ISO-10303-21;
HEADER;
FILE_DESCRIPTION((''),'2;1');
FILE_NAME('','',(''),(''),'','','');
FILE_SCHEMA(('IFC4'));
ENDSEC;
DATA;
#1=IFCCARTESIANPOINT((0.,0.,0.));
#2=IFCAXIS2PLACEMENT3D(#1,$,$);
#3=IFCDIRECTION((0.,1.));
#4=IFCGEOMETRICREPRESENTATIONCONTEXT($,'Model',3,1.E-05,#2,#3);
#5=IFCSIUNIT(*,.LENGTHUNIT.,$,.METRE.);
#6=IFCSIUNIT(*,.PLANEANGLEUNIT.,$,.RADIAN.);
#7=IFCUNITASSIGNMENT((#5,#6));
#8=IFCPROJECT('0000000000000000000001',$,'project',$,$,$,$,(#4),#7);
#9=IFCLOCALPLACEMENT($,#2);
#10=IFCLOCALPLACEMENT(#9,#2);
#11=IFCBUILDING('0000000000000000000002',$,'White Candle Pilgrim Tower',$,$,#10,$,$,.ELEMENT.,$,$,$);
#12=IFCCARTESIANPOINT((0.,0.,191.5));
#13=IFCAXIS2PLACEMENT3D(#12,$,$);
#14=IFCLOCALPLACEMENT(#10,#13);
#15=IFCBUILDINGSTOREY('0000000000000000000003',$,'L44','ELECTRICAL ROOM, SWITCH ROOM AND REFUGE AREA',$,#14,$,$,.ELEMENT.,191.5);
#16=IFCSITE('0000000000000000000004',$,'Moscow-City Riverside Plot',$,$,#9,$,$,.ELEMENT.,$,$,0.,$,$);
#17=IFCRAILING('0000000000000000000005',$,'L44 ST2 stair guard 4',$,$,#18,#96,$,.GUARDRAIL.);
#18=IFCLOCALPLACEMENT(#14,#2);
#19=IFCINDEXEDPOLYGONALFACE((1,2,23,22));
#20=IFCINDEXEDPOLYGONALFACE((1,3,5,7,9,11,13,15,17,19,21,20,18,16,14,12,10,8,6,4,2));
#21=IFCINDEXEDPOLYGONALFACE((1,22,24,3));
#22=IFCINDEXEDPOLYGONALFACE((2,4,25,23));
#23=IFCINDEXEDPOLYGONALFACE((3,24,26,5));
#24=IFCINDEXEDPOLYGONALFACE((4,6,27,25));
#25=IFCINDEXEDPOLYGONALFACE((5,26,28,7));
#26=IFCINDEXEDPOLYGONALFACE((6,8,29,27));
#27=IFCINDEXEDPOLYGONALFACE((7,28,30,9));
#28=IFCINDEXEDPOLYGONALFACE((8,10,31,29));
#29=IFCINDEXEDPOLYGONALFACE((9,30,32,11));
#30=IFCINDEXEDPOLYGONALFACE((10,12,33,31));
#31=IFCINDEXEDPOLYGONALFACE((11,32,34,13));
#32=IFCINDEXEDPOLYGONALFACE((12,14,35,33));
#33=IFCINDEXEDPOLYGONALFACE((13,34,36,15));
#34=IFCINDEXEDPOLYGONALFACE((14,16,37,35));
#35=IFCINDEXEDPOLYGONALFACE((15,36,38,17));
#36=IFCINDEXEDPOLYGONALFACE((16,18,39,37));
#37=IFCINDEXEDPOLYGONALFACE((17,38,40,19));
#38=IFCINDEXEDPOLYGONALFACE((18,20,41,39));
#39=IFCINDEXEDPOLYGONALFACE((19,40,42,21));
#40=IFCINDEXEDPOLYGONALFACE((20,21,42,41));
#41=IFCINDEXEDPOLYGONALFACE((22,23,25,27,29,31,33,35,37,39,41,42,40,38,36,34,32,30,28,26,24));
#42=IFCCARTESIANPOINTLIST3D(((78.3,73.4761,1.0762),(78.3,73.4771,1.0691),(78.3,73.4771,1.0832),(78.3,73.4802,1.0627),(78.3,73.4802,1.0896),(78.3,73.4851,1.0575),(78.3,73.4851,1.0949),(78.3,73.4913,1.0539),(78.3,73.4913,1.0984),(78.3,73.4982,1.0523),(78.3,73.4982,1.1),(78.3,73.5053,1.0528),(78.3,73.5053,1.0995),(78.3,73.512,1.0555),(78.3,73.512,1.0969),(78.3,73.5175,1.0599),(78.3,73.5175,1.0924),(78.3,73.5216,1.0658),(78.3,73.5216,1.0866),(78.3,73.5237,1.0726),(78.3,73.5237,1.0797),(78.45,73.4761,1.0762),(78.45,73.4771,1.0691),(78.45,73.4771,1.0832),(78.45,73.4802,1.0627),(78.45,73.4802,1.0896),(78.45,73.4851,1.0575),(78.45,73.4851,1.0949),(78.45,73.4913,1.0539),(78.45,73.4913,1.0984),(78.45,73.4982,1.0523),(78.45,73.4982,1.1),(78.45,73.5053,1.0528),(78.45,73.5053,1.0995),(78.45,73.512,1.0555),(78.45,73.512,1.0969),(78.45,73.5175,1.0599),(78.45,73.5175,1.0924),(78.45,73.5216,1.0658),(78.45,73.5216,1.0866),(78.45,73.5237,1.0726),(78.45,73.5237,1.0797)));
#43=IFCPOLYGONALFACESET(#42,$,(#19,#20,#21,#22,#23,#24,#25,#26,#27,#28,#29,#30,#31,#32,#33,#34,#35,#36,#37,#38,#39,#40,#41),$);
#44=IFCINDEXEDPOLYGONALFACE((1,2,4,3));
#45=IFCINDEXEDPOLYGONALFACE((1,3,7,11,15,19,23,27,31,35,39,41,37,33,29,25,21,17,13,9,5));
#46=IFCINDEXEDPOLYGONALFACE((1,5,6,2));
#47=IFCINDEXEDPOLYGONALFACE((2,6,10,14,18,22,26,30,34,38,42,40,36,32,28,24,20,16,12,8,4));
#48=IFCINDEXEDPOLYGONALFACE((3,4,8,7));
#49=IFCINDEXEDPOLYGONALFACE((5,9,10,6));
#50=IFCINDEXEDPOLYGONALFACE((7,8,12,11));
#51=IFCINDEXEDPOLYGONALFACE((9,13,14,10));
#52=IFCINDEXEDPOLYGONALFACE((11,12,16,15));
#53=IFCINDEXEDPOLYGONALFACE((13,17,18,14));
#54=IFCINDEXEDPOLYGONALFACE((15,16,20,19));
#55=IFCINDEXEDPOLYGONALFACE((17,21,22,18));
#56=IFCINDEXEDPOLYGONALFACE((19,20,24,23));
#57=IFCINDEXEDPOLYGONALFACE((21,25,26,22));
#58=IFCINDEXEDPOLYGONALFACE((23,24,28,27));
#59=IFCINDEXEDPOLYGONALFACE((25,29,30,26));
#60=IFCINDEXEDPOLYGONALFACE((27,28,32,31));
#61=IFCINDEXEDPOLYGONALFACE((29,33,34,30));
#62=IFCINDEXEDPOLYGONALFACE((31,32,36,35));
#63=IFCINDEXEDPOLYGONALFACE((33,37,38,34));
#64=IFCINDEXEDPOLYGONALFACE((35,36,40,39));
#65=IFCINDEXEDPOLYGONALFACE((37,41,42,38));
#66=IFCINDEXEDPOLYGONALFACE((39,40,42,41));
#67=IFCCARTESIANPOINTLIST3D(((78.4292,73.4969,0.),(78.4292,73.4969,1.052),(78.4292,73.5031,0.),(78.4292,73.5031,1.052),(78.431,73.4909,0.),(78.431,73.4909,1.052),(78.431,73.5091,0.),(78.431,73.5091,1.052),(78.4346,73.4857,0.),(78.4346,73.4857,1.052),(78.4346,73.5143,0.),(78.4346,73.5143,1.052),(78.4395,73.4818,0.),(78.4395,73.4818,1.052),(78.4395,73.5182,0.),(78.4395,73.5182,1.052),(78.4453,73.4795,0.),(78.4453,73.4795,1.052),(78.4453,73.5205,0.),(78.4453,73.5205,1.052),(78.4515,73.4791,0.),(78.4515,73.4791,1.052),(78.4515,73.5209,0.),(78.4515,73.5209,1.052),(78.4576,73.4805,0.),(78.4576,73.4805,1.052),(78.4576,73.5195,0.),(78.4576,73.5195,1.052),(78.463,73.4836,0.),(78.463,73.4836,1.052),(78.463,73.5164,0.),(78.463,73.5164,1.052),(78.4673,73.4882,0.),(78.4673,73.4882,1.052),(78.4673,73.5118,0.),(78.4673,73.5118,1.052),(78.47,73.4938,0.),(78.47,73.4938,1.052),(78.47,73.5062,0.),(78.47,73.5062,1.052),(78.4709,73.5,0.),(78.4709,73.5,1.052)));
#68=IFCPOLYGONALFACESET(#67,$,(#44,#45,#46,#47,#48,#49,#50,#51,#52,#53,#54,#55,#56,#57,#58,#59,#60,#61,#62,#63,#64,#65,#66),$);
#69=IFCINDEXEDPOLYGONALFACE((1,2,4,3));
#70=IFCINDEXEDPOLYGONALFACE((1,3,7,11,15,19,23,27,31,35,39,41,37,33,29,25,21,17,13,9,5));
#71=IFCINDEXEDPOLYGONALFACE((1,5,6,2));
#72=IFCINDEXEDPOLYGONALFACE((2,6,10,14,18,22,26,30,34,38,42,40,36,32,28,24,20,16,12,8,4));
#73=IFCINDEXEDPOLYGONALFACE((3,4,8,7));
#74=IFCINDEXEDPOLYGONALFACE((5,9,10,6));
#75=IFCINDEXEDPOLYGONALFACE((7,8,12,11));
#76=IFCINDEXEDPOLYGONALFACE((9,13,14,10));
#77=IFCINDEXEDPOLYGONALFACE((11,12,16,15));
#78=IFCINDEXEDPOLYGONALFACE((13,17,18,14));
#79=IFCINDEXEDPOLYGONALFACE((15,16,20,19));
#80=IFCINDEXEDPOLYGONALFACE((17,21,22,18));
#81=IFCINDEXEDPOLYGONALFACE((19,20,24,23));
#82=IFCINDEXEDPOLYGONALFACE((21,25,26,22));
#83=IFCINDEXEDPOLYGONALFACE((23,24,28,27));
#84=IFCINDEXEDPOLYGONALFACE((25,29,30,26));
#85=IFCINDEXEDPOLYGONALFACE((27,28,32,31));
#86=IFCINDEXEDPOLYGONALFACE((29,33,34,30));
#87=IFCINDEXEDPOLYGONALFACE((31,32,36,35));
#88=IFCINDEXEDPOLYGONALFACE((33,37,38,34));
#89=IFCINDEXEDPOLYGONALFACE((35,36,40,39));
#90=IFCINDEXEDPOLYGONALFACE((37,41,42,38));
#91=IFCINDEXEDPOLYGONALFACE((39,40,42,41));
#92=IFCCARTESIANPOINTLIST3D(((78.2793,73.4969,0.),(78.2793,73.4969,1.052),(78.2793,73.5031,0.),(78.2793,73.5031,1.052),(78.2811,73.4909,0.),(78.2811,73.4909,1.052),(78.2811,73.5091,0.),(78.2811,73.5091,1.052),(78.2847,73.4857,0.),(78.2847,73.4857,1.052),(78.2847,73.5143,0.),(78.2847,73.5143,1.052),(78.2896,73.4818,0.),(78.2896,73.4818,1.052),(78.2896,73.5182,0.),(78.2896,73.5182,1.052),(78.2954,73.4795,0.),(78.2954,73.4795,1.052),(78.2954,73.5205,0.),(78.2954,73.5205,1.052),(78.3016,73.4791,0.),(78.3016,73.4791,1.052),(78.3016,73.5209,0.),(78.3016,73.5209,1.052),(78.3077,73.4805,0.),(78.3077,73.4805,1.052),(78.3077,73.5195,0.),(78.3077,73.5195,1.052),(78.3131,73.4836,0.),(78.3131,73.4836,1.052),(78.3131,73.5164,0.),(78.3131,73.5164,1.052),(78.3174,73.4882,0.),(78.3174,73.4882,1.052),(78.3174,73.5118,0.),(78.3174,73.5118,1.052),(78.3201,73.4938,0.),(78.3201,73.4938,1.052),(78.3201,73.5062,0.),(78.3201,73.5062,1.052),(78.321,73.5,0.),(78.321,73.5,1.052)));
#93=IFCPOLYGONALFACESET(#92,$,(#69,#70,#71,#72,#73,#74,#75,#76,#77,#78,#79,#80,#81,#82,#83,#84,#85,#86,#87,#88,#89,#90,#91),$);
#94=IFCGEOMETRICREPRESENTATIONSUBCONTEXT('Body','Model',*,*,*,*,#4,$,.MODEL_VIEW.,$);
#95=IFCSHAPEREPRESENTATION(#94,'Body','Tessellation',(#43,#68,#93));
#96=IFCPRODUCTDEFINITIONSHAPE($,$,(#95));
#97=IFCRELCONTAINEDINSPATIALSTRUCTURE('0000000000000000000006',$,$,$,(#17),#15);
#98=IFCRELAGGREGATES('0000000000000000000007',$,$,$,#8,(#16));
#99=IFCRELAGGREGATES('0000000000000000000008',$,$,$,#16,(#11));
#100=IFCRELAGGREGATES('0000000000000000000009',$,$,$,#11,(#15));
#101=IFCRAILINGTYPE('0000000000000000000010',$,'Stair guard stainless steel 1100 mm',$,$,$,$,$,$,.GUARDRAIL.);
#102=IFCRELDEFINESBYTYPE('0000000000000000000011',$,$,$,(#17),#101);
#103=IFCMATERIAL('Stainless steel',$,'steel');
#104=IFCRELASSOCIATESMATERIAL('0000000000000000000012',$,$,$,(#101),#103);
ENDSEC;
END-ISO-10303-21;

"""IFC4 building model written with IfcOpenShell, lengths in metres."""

from ifc_helpers import new_model, si_unit, direction, frame, origin, origin_2d, place, context, subcontext, project, spatial, circle, extrude, material, type_object, element, save


model = new_model("IFC4")

# Units and contexts
model_context = context("Model", 3, precision=1e-05, world=origin(), true_north=direction((0.0, 1.0)))
body_context = subcontext(model_context, "Body", "Model", "MODEL_VIEW")
ifc_project = project(units=[si_unit("LENGTHUNIT", "METRE"), si_unit("PLANEANGLEUNIT", "RADIAN")], contexts=[model_context])

# Site, building, storey
site_placement = place(None, origin())
site = spatial("IfcSite", under=ifc_project, at=site_placement, Name="Moscow-City Riverside Plot", CompositionType="ELEMENT", RefElevation=0.0)
building_placement = place(site_placement, origin())
building = spatial("IfcBuilding", under=site, at=building_placement, Name="White Candle Pilgrim Tower", CompositionType="ELEMENT")
storey_placement = place(building_placement, frame((0.0, 0.0, 191.5)))
storey = spatial("IfcBuildingStorey", under=building, at=storey_placement, Name="L44", Description="ELECTRICAL ROOM, SWITCH ROOM AND REFUGE AREA", CompositionType="ELEMENT", Elevation=191.5)

# Railing
ifc_material_1 = material(Name="Stainless steel", Category="steel")
railing_type_1 = type_object("IfcRailingType", Name="Stair guard stainless steel 1100 mm", PredefinedType="GUARDRAIL", material=ifc_material_1)
railing_1_placement = place(storey_placement, frame((78.45, 73.5, 0.0)))
element("IfcRailing", 1, at=railing_1_placement, inside=storey, type_object=railing_type_1, Name="L44 ST2 stair guard 4", PredefinedType="GUARDRAIL", context=body_context, shape_type="SweptSolid", body=[
    extrude(circle(Radius=0.0239, at=origin_2d()), frame((0.0, 0.0, 1.0762), z_axis=(-1.0, 0.0, 0.0), x_axis=(0.0, -1.0, 0.0)), (0.0, 0.0, 1.0), 0.1499),
    extrude(circle(Radius=0.021, at=origin_2d()), origin(), (0.0, 0.0, 1.0), 1.052),
    extrude(circle(Radius=0.021, at=origin_2d()), frame((-0.1499, 0.0, 0.0)), (0.0, 0.0, 1.0), 1.052),
])

save(model, "model.ifc")
